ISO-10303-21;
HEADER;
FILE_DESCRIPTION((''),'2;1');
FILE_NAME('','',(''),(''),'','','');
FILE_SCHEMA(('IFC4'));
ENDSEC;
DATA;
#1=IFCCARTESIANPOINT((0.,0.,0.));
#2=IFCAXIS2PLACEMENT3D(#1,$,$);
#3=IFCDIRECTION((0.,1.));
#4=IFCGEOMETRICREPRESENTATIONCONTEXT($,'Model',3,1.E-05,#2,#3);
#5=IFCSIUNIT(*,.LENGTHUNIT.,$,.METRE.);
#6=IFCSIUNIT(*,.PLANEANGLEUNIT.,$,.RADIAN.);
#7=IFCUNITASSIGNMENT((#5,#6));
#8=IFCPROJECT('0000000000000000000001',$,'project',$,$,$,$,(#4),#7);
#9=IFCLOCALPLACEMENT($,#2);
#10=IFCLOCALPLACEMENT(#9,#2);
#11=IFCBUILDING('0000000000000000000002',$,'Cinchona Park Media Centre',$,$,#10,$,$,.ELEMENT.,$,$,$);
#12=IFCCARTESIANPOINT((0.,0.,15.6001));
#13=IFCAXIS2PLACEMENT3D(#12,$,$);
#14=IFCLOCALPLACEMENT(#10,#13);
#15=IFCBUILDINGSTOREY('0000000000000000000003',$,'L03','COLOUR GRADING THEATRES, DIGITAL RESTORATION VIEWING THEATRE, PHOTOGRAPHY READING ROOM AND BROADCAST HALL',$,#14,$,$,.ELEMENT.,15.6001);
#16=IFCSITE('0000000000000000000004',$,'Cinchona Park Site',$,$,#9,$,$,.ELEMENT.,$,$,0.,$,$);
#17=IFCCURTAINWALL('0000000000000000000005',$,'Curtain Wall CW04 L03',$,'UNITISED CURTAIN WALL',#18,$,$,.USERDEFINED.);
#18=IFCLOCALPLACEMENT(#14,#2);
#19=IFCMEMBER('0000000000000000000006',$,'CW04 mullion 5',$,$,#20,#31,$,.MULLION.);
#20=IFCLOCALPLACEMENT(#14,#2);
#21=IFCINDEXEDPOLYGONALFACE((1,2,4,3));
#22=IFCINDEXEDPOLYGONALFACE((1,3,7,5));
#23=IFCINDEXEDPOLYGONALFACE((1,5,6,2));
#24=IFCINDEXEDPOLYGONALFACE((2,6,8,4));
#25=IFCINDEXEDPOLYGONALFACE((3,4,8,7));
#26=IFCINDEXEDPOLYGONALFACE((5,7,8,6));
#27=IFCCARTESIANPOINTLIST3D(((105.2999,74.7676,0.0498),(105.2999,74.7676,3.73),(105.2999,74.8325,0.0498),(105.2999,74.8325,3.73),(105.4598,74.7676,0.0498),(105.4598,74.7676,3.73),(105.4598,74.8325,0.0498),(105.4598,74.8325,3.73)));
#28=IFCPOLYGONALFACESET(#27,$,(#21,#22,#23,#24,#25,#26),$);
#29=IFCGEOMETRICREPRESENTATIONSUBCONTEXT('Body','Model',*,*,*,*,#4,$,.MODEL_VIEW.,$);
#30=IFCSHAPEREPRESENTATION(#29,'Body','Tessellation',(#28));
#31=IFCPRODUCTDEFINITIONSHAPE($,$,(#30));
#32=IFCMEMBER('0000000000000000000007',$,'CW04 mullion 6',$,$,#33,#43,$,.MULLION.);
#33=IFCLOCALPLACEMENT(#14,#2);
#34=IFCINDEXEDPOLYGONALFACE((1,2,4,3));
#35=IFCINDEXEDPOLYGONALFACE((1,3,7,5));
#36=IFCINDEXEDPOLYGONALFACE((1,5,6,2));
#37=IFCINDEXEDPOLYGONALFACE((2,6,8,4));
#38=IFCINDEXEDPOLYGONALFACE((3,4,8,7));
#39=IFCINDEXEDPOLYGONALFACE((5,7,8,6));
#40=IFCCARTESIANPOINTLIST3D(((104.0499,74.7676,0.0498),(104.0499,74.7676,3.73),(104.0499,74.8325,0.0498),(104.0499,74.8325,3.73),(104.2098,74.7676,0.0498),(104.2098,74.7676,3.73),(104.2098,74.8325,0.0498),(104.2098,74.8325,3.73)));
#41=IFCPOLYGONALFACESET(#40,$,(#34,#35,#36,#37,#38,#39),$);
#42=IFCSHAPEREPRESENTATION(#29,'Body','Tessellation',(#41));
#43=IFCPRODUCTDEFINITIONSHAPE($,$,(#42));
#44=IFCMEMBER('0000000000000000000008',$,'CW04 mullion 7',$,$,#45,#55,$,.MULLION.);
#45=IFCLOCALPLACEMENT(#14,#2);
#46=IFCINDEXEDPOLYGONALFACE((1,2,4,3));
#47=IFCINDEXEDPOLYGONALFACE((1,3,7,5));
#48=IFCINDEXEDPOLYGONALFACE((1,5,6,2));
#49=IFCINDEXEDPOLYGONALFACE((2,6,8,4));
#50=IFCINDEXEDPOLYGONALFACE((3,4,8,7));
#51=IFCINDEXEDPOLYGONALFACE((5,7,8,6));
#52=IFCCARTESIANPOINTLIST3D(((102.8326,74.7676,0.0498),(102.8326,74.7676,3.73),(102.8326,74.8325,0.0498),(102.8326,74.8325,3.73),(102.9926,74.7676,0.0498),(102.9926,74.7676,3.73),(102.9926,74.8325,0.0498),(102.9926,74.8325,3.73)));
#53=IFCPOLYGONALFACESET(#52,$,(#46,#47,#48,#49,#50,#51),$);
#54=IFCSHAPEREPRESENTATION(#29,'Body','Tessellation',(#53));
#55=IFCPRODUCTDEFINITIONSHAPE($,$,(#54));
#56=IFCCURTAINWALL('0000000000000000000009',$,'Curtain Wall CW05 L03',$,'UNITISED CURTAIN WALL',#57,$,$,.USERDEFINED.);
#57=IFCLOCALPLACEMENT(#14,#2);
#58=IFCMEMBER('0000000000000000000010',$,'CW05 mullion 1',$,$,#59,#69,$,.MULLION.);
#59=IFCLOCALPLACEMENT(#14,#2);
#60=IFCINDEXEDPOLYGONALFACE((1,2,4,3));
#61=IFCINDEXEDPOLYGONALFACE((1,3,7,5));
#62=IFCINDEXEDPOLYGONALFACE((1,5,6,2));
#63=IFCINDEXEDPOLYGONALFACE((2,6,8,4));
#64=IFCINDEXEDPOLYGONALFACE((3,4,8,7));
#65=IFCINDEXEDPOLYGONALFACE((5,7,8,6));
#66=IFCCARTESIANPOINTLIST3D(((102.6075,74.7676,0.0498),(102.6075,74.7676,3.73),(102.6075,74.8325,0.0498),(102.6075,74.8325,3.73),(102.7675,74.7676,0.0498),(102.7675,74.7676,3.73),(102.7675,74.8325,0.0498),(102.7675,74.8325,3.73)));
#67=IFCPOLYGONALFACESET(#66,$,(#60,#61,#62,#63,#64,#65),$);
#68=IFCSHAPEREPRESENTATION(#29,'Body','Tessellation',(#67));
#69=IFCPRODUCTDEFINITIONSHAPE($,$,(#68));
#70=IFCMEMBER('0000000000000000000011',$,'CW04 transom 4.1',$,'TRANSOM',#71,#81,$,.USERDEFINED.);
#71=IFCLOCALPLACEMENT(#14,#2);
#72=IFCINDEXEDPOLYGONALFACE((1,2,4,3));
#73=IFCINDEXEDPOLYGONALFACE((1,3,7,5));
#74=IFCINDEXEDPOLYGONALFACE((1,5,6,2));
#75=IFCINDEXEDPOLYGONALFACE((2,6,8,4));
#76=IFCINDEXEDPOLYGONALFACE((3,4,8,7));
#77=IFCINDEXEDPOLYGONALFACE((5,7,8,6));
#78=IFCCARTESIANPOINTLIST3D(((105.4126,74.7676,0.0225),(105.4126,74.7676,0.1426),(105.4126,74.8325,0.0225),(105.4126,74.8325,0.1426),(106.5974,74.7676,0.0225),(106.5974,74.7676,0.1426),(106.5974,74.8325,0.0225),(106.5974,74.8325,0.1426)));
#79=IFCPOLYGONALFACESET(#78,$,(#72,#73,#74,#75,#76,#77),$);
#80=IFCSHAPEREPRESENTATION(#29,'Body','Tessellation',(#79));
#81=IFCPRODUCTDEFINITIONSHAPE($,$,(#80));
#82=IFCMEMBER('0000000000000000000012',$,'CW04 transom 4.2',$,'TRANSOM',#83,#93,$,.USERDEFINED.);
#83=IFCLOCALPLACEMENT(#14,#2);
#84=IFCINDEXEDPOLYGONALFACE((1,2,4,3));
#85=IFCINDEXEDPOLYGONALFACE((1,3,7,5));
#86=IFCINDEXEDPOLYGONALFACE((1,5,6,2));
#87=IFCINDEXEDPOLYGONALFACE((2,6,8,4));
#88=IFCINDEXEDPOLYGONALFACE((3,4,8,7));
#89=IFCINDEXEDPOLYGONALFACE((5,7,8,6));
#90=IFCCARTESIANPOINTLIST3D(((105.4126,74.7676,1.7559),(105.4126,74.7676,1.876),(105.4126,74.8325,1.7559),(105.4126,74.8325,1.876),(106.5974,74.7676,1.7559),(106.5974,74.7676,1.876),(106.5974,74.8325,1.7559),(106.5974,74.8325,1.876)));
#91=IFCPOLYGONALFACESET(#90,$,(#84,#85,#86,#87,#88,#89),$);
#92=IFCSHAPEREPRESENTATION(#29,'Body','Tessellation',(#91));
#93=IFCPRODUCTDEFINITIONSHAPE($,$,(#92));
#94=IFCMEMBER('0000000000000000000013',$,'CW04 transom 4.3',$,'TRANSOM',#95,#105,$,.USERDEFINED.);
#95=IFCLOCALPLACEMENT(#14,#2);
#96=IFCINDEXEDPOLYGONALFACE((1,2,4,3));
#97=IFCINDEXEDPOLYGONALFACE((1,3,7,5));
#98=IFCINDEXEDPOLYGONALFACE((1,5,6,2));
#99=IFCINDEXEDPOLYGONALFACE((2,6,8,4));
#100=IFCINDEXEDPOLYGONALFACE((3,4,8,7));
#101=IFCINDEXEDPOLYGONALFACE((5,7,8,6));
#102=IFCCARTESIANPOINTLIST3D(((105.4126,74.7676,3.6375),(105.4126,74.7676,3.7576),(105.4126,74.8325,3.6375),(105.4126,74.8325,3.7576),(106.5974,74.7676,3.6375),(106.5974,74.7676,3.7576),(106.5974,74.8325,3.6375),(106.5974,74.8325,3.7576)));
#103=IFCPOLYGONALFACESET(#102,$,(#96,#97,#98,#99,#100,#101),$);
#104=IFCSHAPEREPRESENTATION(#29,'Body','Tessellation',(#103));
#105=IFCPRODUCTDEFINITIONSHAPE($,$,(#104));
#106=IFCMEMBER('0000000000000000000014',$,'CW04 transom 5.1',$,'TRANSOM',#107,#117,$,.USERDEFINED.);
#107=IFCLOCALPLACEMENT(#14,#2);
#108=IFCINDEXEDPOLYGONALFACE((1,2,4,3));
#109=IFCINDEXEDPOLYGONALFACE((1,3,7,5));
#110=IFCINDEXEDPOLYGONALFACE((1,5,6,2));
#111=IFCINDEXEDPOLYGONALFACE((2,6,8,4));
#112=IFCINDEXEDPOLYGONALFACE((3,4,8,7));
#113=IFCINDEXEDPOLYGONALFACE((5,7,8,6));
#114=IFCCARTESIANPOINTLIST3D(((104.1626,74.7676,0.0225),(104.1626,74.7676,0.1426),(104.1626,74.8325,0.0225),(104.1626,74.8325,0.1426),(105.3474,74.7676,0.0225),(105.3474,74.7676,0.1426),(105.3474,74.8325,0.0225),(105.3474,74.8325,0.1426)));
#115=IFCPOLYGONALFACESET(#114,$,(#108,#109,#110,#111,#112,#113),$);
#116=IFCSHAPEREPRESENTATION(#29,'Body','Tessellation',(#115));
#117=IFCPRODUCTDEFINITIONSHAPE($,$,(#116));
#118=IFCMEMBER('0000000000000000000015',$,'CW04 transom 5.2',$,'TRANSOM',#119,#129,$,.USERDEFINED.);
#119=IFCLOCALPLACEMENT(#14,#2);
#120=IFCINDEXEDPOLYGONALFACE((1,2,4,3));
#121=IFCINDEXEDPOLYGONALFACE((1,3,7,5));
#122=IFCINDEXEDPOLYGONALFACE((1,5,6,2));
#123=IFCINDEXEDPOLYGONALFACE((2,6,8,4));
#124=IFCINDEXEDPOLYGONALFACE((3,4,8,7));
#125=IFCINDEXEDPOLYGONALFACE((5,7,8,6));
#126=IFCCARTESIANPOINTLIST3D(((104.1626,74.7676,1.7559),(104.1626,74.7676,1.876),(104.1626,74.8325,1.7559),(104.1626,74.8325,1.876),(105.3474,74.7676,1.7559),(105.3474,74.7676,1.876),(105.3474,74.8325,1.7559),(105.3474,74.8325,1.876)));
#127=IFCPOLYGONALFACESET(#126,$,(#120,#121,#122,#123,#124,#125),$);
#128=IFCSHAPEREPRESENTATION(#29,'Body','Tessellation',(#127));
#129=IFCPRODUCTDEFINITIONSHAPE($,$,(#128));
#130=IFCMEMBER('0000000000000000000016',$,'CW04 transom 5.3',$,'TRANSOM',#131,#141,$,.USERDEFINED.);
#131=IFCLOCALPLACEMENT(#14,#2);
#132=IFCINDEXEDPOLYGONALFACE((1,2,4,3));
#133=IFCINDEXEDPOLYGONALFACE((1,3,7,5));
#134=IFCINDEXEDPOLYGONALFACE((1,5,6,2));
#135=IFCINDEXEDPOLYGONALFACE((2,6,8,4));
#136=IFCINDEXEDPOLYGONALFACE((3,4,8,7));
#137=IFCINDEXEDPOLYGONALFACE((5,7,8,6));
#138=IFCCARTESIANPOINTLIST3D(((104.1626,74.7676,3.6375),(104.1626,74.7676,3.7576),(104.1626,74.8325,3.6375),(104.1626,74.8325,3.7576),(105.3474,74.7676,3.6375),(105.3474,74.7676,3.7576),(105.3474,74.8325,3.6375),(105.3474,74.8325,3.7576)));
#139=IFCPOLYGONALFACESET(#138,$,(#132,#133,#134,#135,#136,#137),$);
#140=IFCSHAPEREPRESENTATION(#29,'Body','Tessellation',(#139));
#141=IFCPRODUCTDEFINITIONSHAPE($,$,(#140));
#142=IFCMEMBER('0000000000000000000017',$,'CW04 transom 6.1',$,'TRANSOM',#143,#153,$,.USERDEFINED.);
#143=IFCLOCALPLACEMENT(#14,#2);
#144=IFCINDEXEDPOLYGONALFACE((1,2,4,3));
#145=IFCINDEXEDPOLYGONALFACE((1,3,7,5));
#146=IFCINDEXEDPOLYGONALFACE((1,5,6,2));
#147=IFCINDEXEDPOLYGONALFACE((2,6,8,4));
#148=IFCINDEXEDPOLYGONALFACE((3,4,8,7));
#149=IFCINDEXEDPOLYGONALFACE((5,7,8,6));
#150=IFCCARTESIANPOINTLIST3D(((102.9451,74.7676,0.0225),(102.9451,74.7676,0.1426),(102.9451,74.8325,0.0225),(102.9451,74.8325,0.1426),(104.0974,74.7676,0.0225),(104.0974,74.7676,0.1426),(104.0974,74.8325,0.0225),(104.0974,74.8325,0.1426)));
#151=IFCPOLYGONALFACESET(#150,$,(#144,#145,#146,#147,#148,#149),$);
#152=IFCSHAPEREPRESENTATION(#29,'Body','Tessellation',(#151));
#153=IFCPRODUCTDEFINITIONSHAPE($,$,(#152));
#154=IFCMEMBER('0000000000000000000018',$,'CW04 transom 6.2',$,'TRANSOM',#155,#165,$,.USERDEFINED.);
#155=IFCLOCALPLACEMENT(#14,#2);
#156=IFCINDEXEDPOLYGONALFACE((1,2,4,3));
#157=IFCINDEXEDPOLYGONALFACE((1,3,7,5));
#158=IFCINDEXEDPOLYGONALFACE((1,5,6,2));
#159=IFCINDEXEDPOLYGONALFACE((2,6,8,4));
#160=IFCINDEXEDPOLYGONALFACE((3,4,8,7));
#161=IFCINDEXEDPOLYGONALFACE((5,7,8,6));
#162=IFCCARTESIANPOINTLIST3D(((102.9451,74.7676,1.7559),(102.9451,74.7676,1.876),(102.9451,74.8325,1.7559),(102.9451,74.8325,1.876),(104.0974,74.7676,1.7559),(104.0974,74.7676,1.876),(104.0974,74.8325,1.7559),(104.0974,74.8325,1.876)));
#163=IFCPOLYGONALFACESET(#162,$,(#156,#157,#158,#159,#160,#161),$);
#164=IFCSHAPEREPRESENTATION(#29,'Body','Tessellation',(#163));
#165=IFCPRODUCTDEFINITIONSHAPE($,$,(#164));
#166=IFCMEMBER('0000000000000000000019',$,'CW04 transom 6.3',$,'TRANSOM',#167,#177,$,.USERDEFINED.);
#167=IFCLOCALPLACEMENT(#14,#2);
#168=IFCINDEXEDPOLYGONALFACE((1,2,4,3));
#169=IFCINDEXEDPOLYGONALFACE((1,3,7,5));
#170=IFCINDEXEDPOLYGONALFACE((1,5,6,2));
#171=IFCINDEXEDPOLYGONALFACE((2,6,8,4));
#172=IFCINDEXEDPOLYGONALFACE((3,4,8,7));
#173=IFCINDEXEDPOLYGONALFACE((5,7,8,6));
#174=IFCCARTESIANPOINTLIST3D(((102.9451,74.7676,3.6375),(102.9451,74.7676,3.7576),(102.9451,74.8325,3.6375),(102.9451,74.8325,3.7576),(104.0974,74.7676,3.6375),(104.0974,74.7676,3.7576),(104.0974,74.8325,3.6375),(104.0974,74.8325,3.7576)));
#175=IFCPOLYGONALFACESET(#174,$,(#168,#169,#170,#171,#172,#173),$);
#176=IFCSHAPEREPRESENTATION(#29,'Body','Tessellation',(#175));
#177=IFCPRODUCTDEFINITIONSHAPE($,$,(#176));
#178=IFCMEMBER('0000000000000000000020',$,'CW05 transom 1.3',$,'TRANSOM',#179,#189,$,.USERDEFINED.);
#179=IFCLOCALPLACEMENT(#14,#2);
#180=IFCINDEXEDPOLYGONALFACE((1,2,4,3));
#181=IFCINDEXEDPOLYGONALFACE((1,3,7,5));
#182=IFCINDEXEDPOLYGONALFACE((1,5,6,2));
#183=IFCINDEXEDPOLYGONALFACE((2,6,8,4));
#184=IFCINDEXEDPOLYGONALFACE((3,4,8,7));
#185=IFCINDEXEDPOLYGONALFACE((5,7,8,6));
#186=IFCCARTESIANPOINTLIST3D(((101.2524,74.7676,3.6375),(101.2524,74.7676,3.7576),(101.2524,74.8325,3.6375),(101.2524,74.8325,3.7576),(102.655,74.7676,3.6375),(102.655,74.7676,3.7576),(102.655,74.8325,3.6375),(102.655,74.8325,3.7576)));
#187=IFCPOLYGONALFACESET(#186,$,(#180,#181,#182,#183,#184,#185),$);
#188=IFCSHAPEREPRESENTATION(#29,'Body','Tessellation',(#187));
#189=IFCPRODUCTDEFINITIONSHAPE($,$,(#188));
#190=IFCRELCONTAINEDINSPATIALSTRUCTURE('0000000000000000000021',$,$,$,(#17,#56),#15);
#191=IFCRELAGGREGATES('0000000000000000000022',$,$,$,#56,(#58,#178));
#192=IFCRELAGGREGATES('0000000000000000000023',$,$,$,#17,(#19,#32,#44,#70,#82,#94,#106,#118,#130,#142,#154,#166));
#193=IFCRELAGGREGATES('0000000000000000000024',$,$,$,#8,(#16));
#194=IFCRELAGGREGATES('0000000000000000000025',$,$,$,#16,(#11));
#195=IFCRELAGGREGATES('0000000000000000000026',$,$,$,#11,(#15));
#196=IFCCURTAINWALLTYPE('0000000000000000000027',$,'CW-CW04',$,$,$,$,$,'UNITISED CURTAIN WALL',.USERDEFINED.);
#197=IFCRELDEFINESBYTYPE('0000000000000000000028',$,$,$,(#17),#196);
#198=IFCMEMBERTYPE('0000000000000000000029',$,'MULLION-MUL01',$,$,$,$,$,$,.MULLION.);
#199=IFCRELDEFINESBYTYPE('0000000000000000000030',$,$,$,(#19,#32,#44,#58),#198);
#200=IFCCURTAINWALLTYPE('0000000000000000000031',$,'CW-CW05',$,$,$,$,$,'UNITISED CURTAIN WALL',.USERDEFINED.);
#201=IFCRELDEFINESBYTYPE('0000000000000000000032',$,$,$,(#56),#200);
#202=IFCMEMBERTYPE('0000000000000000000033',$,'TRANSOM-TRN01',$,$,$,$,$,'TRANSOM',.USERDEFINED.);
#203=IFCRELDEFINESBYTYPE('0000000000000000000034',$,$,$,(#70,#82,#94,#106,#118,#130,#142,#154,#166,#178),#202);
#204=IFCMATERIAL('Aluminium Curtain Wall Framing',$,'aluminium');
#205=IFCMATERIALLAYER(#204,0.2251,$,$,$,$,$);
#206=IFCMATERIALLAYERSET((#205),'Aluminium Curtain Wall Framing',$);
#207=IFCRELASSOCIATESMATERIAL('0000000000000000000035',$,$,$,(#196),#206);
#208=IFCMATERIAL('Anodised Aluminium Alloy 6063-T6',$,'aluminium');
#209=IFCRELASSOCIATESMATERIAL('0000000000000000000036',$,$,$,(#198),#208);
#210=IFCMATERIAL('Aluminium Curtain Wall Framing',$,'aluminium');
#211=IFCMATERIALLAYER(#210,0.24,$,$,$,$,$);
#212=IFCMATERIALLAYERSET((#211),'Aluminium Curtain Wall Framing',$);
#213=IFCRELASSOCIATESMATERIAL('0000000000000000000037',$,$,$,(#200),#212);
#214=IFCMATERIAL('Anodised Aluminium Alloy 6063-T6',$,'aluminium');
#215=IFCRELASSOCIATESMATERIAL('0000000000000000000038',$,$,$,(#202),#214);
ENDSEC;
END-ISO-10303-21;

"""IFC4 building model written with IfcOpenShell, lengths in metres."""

from ifc_helpers import new_model, si_unit, direction, frame, origin, origin_2d, place, context, subcontext, project, spatial, rectangle, extrude, material, layer, layer_set, material_profile, profile_set, type_object, element, aggregate, save


model = new_model("IFC4")

# Units and contexts
model_context = context("Model", 3, precision=1e-05, world=origin(), true_north=direction((0.0, 1.0)))
body_context = subcontext(model_context, "Body", "Model", "MODEL_VIEW")
ifc_project = project(units=[si_unit("LENGTHUNIT", "METRE"), si_unit("PLANEANGLEUNIT", "RADIAN")], contexts=[model_context])

# Site, building, storey
site_placement = place(None, origin())
site = spatial("IfcSite", under=ifc_project, at=site_placement, Name="Cinchona Park Site", CompositionType="ELEMENT", RefElevation=0.0)
building_placement = place(site_placement, origin())
building = spatial("IfcBuilding", under=site, at=building_placement, Name="Cinchona Park Media Centre", CompositionType="ELEMENT")
storey_placement = place(building_placement, frame((0.0, 0.0, 15.6001)))
storey = spatial("IfcBuildingStorey", under=building, at=storey_placement, Name="L03", Description="COLOUR GRADING THEATRES, DIGITAL RESTORATION VIEWING THEATRE, PHOTOGRAPHY READING ROOM AND BROADCAST HALL", CompositionType="ELEMENT", Elevation=15.6001)

# Curtain wall, members
ifc_material_1 = material(Name="Aluminium Curtain Wall Framing", Category="aluminium")
ifc_layer_1 = layer(ifc_material_1, 0.2251)
ifc_layer_set_1 = layer_set([ifc_layer_1], Name="Aluminium Curtain Wall Framing")
curtain_wall_type_1 = type_object("IfcCurtainWallType", Name="CW-CW04", ElementType="UNITISED CURTAIN WALL", PredefinedType="USERDEFINED", material=ifc_layer_set_1)
curtain_wall_1_placement = place(storey_placement, origin())
curtain_wall_1 = element("IfcCurtainWall", 1, at=curtain_wall_1_placement, inside=storey, type_object=curtain_wall_type_1, Name="Curtain Wall CW04 L03", ObjectType="UNITISED CURTAIN WALL", PredefinedType="USERDEFINED")
ifc_material_2 = material(Name="Anodised Aluminium Alloy 6063-T6", Category="aluminium")
ifc_material_profile_1 = material_profile(ifc_material_2, rectangle(XDim=0.0649, YDim=0.1599, at=origin_2d()), Name="MUL-65X160")
ifc_profile_set_1 = profile_set([ifc_material_profile_1], Name="Anodised Aluminium Alloy 6063-T6")
member_type_1 = type_object("IfcMemberType", Name="MULLION-MUL01", PredefinedType="MULLION", material=ifc_profile_set_1)
member_1_placement = place(storey_placement, frame((105.3799, 74.8, 0.0498), z_axis=(0.0, 0.0, 1.0), x_axis=(0.0, -1.0, 0.0)))
member_1 = element("IfcMember", 2, at=member_1_placement, type_object=member_type_1, Name="CW04 mullion 5", PredefinedType="MULLION", context=body_context, shape_type="SweptSolid", body=[
    extrude(rectangle(XDim=0.0649, YDim=0.1599, at=origin_2d()), origin(), (0.0, 0.0, 1.0), 3.6802),
])
member_2_placement = place(storey_placement, frame((104.1299, 74.8, 0.0498), z_axis=(0.0, 0.0, 1.0), x_axis=(0.0, -1.0, 0.0)))
member_2 = element("IfcMember", 3, at=member_2_placement, type_object=member_type_1, Name="CW04 mullion 6", PredefinedType="MULLION", context=body_context, shape_type="SweptSolid", body=[
    extrude(rectangle(XDim=0.0649, YDim=0.1599, at=origin_2d()), origin(), (0.0, 0.0, 1.0), 3.6802),
])
member_3_placement = place(storey_placement, frame((102.9126, 74.8, 0.0498), z_axis=(0.0, 0.0, 1.0), x_axis=(0.0, -1.0, 0.0)))
member_3 = element("IfcMember", 4, at=member_3_placement, type_object=member_type_1, Name="CW04 mullion 7", PredefinedType="MULLION", context=body_context, shape_type="SweptSolid", body=[
    extrude(rectangle(XDim=0.0649, YDim=0.1599, at=origin_2d()), origin(), (0.0, 0.0, 1.0), 3.6802),
])

# Curtain wall, member
ifc_material_3 = material(Name="Aluminium Curtain Wall Framing", Category="aluminium")
ifc_layer_2 = layer(ifc_material_3, 0.24)
ifc_layer_set_2 = layer_set([ifc_layer_2], Name="Aluminium Curtain Wall Framing")
curtain_wall_type_2 = type_object("IfcCurtainWallType", Name="CW-CW05", ElementType="UNITISED CURTAIN WALL", PredefinedType="USERDEFINED", material=ifc_layer_set_2)
curtain_wall_2_placement = place(storey_placement, origin())
curtain_wall_2 = element("IfcCurtainWall", 5, at=curtain_wall_2_placement, inside=storey, type_object=curtain_wall_type_2, Name="Curtain Wall CW05 L03", ObjectType="UNITISED CURTAIN WALL", PredefinedType="USERDEFINED")
member_4_placement = place(storey_placement, frame((102.6875, 74.8, 0.0498), z_axis=(0.0, 0.0, 1.0), x_axis=(0.0, -1.0, 0.0)))
member_4 = element("IfcMember", 6, at=member_4_placement, type_object=member_type_1, Name="CW05 mullion 1", PredefinedType="MULLION", context=body_context, shape_type="SweptSolid", body=[
    extrude(rectangle(XDim=0.0649, YDim=0.1599, at=origin_2d()), origin(), (0.0, 0.0, 1.0), 3.6802),
])

# Members
ifc_material_4 = material(Name="Anodised Aluminium Alloy 6063-T6", Category="aluminium")
ifc_material_profile_2 = material_profile(ifc_material_4, rectangle(XDim=0.0649, YDim=0.1201, at=origin_2d()), Name="TRN-65X120")
ifc_profile_set_2 = profile_set([ifc_material_profile_2], Name="Anodised Aluminium Alloy 6063-T6")
member_type_2 = type_object("IfcMemberType", Name="TRANSOM-TRN01", ElementType="TRANSOM", PredefinedType="USERDEFINED", material=ifc_profile_set_2)
member_5_placement = place(storey_placement, frame((106.5974, 74.8, 0.0825), z_axis=(-1.0, 0.0, 0.0), x_axis=(0.0, -1.0, 0.0)))
member_5 = element("IfcMember", 7, at=member_5_placement, type_object=member_type_2, Name="CW04 transom 4.1", ObjectType="TRANSOM", PredefinedType="USERDEFINED", context=body_context, shape_type="SweptSolid", body=[
    extrude(rectangle(XDim=0.0649, YDim=0.1201, at=origin_2d()), origin(), (0.0, 0.0, 1.0), 1.1848),
])
member_6_placement = place(storey_placement, frame((106.5974, 74.8, 1.8159), z_axis=(-1.0, 0.0, 0.0), x_axis=(0.0, -1.0, 0.0)))
member_6 = element("IfcMember", 8, at=member_6_placement, type_object=member_type_2, Name="CW04 transom 4.2", ObjectType="TRANSOM", PredefinedType="USERDEFINED", context=body_context, shape_type="SweptSolid", body=[
    extrude(rectangle(XDim=0.0649, YDim=0.1201, at=origin_2d()), origin(), (0.0, 0.0, 1.0), 1.1848),
])
member_7_placement = place(storey_placement, frame((106.5974, 74.8, 3.6975), z_axis=(-1.0, 0.0, 0.0), x_axis=(0.0, -1.0, 0.0)))
member_7 = element("IfcMember", 9, at=member_7_placement, type_object=member_type_2, Name="CW04 transom 4.3", ObjectType="TRANSOM", PredefinedType="USERDEFINED", context=body_context, shape_type="SweptSolid", body=[
    extrude(rectangle(XDim=0.0649, YDim=0.1201, at=origin_2d()), origin(), (0.0, 0.0, 1.0), 1.1848),
])
member_8_placement = place(storey_placement, frame((105.3474, 74.8, 0.0825), z_axis=(-1.0, 0.0, 0.0), x_axis=(0.0, -1.0, 0.0)))
member_8 = element("IfcMember", 10, at=member_8_placement, type_object=member_type_2, Name="CW04 transom 5.1", ObjectType="TRANSOM", PredefinedType="USERDEFINED", context=body_context, shape_type="SweptSolid", body=[
    extrude(rectangle(XDim=0.0649, YDim=0.1201, at=origin_2d()), origin(), (0.0, 0.0, 1.0), 1.1848),
])
member_9_placement = place(storey_placement, frame((105.3474, 74.8, 1.8159), z_axis=(-1.0, 0.0, 0.0), x_axis=(0.0, -1.0, 0.0)))
member_9 = element("IfcMember", 11, at=member_9_placement, type_object=member_type_2, Name="CW04 transom 5.2", ObjectType="TRANSOM", PredefinedType="USERDEFINED", context=body_context, shape_type="SweptSolid", body=[
    extrude(rectangle(XDim=0.0649, YDim=0.1201, at=origin_2d()), origin(), (0.0, 0.0, 1.0), 1.1848),
])
member_10_placement = place(storey_placement, frame((105.3474, 74.8, 3.6975), z_axis=(-1.0, 0.0, 0.0), x_axis=(0.0, -1.0, 0.0)))
member_10 = element("IfcMember", 12, at=member_10_placement, type_object=member_type_2, Name="CW04 transom 5.3", ObjectType="TRANSOM", PredefinedType="USERDEFINED", context=body_context, shape_type="SweptSolid", body=[
    extrude(rectangle(XDim=0.0649, YDim=0.1201, at=origin_2d()), origin(), (0.0, 0.0, 1.0), 1.1848),
])
member_11_placement = place(storey_placement, frame((104.0974, 74.8, 0.0825), z_axis=(-1.0, 0.0, 0.0), x_axis=(0.0, -1.0, 0.0)))
member_11 = element("IfcMember", 13, at=member_11_placement, type_object=member_type_2, Name="CW04 transom 6.1", ObjectType="TRANSOM", PredefinedType="USERDEFINED", context=body_context, shape_type="SweptSolid", body=[
    extrude(rectangle(XDim=0.0649, YDim=0.1201, at=origin_2d()), origin(), (0.0, 0.0, 1.0), 1.1523),
])
member_12_placement = place(storey_placement, frame((104.0974, 74.8, 1.8159), z_axis=(-1.0, 0.0, 0.0), x_axis=(0.0, -1.0, 0.0)))
member_12 = element("IfcMember", 14, at=member_12_placement, type_object=member_type_2, Name="CW04 transom 6.2", ObjectType="TRANSOM", PredefinedType="USERDEFINED", context=body_context, shape_type="SweptSolid", body=[
    extrude(rectangle(XDim=0.0649, YDim=0.1201, at=origin_2d()), origin(), (0.0, 0.0, 1.0), 1.1523),
])
member_13_placement = place(storey_placement, frame((104.0974, 74.8, 3.6975), z_axis=(-1.0, 0.0, 0.0), x_axis=(0.0, -1.0, 0.0)))
member_13 = element("IfcMember", 15, at=member_13_placement, type_object=member_type_2, Name="CW04 transom 6.3", ObjectType="TRANSOM", PredefinedType="USERDEFINED", context=body_context, shape_type="SweptSolid", body=[
    extrude(rectangle(XDim=0.0649, YDim=0.1201, at=origin_2d()), origin(), (0.0, 0.0, 1.0), 1.1523),
])
member_14_placement = place(storey_placement, frame((102.655, 74.8, 3.6975), z_axis=(-1.0, 0.0, 0.0), x_axis=(0.0, -1.0, 0.0)))
member_14 = element("IfcMember", 16, at=member_14_placement, type_object=member_type_2, Name="CW05 transom 1.3", ObjectType="TRANSOM", PredefinedType="USERDEFINED", context=body_context, shape_type="SweptSolid", body=[
    extrude(rectangle(XDim=0.0649, YDim=0.1201, at=origin_2d()), origin(), (0.0, 0.0, 1.0), 1.4026),
])
aggregate(curtain_wall_2, [member_4, member_14])

aggregate(curtain_wall_1, [member_1, member_2, member_3, member_5, member_6, member_7, member_8, member_9, member_10, member_11, member_12, member_13])

save(model, "model.ifc")
